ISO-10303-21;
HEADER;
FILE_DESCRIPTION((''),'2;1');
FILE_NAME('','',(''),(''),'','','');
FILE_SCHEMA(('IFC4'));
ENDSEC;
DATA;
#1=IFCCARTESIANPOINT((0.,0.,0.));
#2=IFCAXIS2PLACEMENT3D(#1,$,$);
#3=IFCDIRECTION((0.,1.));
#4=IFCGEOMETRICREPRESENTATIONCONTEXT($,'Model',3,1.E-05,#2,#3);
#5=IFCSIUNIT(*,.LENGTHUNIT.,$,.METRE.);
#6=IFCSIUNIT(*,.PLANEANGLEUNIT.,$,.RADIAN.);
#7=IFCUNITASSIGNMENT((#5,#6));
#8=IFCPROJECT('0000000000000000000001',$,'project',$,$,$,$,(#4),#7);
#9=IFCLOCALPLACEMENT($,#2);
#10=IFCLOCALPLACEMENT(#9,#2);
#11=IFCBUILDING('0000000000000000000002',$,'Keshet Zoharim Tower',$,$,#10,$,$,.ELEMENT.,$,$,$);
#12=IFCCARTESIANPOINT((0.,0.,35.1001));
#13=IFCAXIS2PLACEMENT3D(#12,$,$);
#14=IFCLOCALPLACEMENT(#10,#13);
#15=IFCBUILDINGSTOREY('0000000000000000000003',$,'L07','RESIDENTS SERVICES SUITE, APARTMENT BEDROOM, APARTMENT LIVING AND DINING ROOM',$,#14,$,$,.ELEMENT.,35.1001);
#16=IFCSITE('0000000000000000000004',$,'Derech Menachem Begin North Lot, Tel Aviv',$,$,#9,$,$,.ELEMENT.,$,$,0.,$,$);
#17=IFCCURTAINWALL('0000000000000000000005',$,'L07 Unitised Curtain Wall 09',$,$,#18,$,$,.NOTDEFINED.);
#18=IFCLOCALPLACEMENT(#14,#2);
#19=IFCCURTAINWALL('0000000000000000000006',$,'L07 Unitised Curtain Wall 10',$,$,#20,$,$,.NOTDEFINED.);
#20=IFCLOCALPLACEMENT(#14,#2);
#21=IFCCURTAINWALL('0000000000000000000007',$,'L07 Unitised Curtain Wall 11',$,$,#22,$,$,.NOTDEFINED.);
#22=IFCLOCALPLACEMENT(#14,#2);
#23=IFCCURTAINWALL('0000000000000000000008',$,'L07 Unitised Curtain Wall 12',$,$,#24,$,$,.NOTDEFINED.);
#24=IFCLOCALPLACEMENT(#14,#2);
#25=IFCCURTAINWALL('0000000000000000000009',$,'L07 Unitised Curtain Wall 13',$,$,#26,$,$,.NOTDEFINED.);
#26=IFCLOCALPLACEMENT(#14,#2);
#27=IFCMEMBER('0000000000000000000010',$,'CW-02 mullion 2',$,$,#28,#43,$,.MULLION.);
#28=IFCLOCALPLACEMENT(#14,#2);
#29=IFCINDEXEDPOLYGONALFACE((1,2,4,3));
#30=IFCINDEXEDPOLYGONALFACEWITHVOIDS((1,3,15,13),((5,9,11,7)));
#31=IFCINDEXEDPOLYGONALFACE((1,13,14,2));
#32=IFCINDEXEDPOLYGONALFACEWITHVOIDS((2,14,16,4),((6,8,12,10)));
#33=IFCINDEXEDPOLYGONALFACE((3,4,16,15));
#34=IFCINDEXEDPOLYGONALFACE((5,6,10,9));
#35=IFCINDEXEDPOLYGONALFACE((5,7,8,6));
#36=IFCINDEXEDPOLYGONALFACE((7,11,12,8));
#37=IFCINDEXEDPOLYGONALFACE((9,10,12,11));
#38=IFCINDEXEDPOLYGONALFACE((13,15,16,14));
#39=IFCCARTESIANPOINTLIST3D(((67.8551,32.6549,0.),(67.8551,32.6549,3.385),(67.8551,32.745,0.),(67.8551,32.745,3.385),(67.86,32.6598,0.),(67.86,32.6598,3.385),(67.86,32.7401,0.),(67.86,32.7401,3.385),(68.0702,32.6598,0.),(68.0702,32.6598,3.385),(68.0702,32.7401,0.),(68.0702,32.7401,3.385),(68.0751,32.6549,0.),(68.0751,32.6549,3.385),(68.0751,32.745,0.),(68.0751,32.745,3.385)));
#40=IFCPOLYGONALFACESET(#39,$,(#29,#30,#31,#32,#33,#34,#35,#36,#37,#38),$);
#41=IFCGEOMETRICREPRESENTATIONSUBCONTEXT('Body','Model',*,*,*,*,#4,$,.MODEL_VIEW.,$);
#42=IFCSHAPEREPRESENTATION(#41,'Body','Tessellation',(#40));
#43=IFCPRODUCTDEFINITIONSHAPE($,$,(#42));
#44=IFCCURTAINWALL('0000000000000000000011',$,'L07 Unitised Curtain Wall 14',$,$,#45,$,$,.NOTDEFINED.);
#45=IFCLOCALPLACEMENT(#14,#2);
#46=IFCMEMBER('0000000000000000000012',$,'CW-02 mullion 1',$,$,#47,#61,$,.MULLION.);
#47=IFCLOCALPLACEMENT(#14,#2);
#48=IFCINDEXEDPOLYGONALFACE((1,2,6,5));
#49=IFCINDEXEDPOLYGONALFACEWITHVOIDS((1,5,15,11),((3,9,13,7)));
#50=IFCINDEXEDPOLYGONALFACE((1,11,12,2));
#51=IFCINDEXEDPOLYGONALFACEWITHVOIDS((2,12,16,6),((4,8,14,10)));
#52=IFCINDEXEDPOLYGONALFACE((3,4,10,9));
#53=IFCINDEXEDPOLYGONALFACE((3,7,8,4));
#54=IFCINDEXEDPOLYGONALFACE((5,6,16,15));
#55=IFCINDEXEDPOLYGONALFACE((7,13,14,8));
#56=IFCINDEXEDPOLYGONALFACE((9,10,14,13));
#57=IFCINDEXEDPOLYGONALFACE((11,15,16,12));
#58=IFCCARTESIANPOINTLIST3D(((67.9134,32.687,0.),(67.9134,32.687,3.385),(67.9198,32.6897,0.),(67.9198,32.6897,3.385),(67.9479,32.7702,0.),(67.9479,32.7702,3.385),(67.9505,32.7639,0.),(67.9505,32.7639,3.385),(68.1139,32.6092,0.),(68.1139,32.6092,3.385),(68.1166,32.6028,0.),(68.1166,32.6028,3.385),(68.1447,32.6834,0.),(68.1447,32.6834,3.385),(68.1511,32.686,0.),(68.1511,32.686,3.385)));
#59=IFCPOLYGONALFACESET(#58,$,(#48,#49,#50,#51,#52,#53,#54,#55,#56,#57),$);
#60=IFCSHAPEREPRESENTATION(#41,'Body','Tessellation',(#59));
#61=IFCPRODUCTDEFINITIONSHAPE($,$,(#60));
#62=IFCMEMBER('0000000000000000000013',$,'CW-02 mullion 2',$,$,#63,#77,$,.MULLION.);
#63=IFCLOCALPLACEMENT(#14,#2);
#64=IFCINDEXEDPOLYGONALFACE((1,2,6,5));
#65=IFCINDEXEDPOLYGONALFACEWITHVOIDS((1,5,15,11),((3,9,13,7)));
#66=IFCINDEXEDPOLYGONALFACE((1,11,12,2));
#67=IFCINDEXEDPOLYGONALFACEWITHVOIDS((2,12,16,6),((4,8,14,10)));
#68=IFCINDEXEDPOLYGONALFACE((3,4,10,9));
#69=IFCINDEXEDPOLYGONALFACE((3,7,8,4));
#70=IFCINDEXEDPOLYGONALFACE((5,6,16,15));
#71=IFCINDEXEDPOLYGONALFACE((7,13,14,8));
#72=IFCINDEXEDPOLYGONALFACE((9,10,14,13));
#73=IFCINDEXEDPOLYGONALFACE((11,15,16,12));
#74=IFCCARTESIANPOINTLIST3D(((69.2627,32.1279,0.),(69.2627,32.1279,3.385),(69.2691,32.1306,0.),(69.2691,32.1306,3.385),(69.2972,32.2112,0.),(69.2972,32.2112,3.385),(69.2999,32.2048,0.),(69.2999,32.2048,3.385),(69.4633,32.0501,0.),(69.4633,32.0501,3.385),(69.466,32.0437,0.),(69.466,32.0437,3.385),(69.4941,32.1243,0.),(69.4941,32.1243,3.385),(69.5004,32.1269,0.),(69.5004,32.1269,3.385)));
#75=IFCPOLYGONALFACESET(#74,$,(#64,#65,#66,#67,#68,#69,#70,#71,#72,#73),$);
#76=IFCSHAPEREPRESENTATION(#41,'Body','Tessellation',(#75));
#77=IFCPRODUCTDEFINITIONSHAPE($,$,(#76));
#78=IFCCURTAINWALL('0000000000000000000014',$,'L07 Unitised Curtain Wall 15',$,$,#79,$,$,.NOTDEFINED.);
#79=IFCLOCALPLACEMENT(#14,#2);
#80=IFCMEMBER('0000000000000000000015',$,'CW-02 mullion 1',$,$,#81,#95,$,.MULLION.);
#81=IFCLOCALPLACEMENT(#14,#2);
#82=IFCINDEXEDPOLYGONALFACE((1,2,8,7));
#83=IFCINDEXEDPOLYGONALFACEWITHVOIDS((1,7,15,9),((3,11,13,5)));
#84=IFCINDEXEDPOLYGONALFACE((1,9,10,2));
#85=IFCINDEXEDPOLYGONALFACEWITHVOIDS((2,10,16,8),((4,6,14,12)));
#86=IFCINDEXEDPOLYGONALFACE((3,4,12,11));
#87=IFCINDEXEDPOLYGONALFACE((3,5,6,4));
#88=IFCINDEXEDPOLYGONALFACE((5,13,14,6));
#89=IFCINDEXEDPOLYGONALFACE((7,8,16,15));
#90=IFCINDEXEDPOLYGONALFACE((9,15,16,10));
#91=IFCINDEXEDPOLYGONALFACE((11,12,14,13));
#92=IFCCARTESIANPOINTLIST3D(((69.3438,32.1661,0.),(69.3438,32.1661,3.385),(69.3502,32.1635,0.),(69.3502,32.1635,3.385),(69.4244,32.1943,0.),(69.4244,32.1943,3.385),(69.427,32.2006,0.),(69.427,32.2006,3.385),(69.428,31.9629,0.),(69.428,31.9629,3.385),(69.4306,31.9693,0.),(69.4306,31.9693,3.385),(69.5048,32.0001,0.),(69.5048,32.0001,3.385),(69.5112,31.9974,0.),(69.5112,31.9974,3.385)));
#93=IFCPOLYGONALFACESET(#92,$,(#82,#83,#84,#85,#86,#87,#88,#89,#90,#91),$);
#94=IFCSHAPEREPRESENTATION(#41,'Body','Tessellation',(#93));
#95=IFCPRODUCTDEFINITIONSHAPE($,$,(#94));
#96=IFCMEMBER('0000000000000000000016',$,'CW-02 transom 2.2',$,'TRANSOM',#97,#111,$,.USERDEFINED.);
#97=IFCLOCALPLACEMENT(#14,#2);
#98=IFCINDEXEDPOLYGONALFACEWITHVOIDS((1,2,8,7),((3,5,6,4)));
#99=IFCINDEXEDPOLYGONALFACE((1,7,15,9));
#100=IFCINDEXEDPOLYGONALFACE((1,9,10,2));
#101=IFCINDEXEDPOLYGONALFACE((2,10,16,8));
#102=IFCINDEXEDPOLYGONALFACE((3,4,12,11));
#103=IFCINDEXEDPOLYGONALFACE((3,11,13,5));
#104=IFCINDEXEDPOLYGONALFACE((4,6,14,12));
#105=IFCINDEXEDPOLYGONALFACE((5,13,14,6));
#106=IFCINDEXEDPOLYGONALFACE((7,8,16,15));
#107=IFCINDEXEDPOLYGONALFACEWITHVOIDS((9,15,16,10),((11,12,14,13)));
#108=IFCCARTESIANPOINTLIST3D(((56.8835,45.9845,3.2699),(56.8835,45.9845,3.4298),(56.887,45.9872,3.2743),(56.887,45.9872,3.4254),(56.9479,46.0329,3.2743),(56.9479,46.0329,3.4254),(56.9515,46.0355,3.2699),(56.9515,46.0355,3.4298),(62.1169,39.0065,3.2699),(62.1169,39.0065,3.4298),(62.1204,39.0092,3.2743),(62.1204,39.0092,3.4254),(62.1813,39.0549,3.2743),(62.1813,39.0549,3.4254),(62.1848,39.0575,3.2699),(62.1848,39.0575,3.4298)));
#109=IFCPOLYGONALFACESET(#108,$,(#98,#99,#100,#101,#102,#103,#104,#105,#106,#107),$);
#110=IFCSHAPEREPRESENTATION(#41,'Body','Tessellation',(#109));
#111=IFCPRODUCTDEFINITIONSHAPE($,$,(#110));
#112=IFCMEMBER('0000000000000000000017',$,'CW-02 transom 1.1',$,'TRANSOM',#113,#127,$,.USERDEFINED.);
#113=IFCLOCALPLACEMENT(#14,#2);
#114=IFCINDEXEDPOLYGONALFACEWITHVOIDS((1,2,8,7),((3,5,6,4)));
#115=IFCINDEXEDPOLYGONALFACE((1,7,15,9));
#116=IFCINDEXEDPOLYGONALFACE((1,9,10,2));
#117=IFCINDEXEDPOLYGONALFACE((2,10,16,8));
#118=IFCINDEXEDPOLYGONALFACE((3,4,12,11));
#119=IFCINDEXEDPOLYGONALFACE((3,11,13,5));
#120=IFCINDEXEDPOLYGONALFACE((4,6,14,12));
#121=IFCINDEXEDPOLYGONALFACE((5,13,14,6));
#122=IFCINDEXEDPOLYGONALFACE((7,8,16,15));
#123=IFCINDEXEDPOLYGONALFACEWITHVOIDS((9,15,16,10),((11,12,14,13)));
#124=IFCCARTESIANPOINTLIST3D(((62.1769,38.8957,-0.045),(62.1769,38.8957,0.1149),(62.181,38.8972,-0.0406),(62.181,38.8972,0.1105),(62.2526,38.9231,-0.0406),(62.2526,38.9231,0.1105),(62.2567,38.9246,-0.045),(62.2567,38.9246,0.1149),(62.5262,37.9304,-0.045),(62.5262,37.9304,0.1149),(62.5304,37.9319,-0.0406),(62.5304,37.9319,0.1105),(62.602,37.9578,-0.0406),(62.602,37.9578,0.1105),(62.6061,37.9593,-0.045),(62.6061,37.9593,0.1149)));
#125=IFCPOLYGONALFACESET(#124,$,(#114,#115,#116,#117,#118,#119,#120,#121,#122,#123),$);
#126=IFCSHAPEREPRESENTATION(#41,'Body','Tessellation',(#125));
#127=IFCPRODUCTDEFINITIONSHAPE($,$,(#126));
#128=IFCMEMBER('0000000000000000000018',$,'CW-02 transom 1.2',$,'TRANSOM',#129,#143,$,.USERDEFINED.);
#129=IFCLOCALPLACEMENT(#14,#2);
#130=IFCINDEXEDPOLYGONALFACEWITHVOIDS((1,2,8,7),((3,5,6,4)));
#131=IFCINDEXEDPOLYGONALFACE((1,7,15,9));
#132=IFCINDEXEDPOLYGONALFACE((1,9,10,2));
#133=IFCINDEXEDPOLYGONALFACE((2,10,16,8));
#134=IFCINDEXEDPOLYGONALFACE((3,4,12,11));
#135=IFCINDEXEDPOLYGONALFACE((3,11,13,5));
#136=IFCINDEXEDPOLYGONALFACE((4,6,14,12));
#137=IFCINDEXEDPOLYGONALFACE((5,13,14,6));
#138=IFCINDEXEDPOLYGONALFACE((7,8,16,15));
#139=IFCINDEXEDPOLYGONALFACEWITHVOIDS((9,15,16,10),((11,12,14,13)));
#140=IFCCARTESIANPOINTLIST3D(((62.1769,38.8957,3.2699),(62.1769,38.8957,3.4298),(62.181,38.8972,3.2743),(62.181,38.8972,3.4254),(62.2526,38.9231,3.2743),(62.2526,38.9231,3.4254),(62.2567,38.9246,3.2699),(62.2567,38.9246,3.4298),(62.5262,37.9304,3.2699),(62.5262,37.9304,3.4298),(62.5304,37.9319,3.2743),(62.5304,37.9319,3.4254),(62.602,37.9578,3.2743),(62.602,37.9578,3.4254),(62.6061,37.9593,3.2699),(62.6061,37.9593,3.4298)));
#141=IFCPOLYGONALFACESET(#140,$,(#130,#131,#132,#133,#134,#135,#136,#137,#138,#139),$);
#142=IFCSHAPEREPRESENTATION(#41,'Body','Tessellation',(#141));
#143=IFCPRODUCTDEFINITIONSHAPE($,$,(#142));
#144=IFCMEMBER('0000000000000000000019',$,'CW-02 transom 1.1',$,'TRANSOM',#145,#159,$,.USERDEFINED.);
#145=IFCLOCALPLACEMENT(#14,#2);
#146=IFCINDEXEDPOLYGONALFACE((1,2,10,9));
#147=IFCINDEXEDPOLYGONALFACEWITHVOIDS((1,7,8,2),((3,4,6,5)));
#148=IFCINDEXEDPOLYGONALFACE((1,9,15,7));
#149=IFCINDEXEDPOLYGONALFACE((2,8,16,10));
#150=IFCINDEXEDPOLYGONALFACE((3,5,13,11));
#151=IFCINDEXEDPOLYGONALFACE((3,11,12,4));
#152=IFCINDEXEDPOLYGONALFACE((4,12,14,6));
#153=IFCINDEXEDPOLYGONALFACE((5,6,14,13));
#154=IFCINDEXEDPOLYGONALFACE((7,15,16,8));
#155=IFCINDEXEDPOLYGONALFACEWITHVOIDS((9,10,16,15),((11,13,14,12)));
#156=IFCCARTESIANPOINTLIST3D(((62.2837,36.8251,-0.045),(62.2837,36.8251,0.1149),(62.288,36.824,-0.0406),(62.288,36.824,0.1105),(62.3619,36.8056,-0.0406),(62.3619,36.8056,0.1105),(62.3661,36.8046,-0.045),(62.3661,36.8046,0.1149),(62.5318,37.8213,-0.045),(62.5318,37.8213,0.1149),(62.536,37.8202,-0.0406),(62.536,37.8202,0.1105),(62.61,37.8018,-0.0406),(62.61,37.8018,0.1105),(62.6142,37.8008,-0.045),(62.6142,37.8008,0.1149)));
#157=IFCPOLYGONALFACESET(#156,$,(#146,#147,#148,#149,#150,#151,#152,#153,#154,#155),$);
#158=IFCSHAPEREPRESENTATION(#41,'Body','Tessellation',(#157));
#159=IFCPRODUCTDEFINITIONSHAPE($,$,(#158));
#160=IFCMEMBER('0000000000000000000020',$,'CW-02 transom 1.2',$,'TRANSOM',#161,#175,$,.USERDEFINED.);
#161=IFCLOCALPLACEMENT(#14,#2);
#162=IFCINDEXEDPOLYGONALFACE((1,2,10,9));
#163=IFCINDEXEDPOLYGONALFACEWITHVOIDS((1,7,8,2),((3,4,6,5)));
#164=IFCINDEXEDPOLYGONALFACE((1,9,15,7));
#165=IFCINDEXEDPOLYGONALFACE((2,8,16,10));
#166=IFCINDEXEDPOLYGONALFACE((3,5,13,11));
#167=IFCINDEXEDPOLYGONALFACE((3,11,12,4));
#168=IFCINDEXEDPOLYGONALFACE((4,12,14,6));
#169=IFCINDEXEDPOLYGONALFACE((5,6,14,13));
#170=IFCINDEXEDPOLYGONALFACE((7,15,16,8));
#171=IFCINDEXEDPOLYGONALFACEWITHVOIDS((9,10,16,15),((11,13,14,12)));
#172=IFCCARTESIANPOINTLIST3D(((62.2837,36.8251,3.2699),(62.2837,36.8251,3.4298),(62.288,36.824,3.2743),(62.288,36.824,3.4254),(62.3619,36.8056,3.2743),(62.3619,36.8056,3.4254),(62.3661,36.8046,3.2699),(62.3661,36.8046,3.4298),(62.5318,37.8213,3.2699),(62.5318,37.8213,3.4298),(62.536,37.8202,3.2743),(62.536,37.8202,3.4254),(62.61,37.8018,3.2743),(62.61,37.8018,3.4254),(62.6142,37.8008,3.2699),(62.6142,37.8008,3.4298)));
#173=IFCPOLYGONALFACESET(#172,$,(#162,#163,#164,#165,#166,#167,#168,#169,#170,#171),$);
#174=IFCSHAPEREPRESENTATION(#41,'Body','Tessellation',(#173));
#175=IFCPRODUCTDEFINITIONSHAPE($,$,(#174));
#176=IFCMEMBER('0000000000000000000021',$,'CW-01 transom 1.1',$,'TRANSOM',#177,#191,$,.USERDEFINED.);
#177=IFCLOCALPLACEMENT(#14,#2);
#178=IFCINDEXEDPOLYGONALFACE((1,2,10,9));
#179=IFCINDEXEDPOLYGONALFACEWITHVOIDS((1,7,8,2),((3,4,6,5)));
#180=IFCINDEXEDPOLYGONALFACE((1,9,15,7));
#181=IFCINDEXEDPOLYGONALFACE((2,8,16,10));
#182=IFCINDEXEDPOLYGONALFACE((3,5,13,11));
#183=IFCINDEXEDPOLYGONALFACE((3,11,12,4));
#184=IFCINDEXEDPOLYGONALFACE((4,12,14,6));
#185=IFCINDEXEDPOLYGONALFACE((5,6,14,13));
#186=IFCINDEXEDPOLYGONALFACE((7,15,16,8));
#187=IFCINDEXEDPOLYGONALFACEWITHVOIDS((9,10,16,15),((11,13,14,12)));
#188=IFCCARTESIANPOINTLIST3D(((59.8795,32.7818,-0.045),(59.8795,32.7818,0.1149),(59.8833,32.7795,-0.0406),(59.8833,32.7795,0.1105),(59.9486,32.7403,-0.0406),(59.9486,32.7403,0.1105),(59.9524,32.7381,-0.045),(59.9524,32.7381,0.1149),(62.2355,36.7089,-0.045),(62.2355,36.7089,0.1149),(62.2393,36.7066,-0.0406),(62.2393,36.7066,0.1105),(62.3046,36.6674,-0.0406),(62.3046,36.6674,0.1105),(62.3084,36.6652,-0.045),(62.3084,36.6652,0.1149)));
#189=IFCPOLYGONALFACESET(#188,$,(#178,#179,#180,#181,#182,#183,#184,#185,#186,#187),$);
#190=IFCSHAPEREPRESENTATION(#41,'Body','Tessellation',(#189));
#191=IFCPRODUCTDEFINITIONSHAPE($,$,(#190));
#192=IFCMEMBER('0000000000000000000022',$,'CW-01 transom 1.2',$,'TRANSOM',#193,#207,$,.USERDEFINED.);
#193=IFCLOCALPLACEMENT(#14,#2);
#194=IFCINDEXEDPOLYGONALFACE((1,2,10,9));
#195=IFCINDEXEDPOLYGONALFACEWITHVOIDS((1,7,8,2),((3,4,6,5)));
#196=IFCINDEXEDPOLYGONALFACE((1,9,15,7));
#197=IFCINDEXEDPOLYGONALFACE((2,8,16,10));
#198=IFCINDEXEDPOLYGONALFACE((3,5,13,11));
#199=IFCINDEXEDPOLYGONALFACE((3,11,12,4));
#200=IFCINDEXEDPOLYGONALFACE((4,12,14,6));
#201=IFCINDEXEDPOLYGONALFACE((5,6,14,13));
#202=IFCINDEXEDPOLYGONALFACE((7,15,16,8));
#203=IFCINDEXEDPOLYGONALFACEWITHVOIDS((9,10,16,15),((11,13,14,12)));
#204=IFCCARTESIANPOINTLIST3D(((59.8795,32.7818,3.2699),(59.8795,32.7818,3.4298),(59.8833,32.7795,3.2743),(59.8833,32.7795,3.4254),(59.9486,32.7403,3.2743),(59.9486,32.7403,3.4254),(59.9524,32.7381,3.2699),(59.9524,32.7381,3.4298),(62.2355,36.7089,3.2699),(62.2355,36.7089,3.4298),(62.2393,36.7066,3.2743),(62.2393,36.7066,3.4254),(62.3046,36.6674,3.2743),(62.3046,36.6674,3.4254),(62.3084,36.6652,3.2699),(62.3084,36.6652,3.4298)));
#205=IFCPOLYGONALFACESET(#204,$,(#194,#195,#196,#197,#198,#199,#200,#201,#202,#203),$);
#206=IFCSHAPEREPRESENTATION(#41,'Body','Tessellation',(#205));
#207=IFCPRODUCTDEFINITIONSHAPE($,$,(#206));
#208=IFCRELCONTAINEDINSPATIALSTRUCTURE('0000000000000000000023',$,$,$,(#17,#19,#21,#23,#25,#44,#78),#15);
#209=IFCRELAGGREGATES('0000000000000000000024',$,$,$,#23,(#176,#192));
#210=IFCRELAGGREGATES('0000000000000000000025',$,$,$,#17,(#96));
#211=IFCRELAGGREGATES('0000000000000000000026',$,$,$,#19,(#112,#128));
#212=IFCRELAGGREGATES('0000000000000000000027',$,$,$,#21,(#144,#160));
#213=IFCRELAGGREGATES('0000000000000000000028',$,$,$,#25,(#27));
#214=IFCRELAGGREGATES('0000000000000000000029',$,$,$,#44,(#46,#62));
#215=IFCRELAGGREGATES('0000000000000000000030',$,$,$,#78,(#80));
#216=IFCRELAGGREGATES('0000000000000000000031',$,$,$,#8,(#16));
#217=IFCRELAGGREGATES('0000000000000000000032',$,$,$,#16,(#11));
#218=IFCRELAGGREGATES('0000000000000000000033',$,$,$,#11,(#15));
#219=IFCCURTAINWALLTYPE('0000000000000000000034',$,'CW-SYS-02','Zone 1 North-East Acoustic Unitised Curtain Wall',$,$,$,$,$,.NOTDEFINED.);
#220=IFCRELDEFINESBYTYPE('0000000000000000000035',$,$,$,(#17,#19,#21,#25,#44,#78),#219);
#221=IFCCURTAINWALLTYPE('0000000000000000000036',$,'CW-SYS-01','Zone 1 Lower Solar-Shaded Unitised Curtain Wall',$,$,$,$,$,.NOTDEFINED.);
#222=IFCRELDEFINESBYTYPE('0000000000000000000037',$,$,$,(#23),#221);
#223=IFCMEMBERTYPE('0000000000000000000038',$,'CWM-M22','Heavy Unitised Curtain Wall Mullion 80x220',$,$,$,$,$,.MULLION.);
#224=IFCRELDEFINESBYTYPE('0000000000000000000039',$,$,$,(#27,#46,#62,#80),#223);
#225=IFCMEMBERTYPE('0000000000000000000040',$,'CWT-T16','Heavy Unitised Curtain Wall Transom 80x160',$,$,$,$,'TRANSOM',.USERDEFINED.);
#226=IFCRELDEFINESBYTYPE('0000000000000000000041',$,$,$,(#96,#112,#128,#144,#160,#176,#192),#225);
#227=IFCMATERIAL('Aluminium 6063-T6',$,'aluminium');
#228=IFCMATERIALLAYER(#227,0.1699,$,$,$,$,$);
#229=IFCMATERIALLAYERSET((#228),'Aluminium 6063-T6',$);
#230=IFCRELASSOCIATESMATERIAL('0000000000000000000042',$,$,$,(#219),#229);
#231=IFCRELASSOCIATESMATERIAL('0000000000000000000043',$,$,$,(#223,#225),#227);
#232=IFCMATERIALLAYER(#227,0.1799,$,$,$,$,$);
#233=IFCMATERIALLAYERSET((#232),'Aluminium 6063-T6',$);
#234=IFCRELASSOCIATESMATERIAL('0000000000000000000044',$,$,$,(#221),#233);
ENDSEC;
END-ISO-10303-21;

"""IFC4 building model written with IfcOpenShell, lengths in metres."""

from ifc_helpers import new_model, si_unit, direction, frame, origin, origin_2d, place, context, subcontext, project, spatial, hollow_rectangle, extrude, material, layer, layer_set, material_profile, profile_set, type_object, element, aggregate, save


model = new_model("IFC4")

# Units and contexts
model_context = context("Model", 3, precision=1e-05, world=origin(), true_north=direction((0.0, 1.0)))
body_context = subcontext(model_context, "Body", "Model", "MODEL_VIEW")
ifc_project = project(units=[si_unit("LENGTHUNIT", "METRE"), si_unit("PLANEANGLEUNIT", "RADIAN")], contexts=[model_context])

# Site, building, storey
site_placement = place(None, origin())
site = spatial("IfcSite", under=ifc_project, at=site_placement, Name="Derech Menachem Begin North Lot, Tel Aviv", CompositionType="ELEMENT", RefElevation=0.0)
building_placement = place(site_placement, origin())
building = spatial("IfcBuilding", under=site, at=building_placement, Name="Keshet Zoharim Tower", CompositionType="ELEMENT")
storey_placement = place(building_placement, frame((0.0, 0.0, 35.1001)))
storey = spatial("IfcBuildingStorey", under=building, at=storey_placement, Name="L07", Description="RESIDENTS SERVICES SUITE, APARTMENT BEDROOM, APARTMENT LIVING AND DINING ROOM", CompositionType="ELEMENT", Elevation=35.1001)

# Curtain wall
ifc_material_1 = material(Name="Aluminium 6063-T6", Category="aluminium")
ifc_layer_1 = layer(ifc_material_1, 0.1699)
ifc_layer_set_1 = layer_set([ifc_layer_1], Name="Aluminium 6063-T6")
curtain_wall_type_1 = type_object("IfcCurtainWallType", Name="CW-SYS-02", Description="Zone 1 North-East Acoustic Unitised Curtain Wall", PredefinedType="NOTDEFINED", material=ifc_layer_set_1)
curtain_wall_1_placement = place(storey_placement, origin())
curtain_wall_1 = element("IfcCurtainWall", 1, at=curtain_wall_1_placement, inside=storey, type_object=curtain_wall_type_1, Name="L07 Unitised Curtain Wall 09", PredefinedType="NOTDEFINED")
ifc_material_profile_1 = material_profile(ifc_material_1, hollow_rectangle(XDim=0.0901, YDim=0.22, WallThickness=0.0049, at=origin_2d()), Name="MUL-90x220")
ifc_profile_set_1 = profile_set([ifc_material_profile_1], Name="Aluminium 6063-T6")
member_type_1 = type_object("IfcMemberType", Name="CWM-M22", Description="Heavy Unitised Curtain Wall Mullion 80x220", PredefinedType="MULLION", material=ifc_profile_set_1)

# Curtain walls, members
curtain_wall_2_placement = place(storey_placement, origin())
curtain_wall_2 = element("IfcCurtainWall", 2, at=curtain_wall_2_placement, inside=storey, type_object=curtain_wall_type_1, Name="L07 Unitised Curtain Wall 10", PredefinedType="NOTDEFINED")
curtain_wall_3_placement = place(storey_placement, origin())
curtain_wall_3 = element("IfcCurtainWall", 3, at=curtain_wall_3_placement, inside=storey, type_object=curtain_wall_type_1, Name="L07 Unitised Curtain Wall 11", PredefinedType="NOTDEFINED")
ifc_layer_2 = layer(ifc_material_1, 0.1799)
ifc_layer_set_2 = layer_set([ifc_layer_2], Name="Aluminium 6063-T6")
curtain_wall_type_2 = type_object("IfcCurtainWallType", Name="CW-SYS-01", Description="Zone 1 Lower Solar-Shaded Unitised Curtain Wall", PredefinedType="NOTDEFINED", material=ifc_layer_set_2)
curtain_wall_4_placement = place(storey_placement, origin())
curtain_wall_4 = element("IfcCurtainWall", 4, at=curtain_wall_4_placement, inside=storey, type_object=curtain_wall_type_2, Name="L07 Unitised Curtain Wall 12", PredefinedType="NOTDEFINED")
curtain_wall_5_placement = place(storey_placement, origin())
curtain_wall_5 = element("IfcCurtainWall", 5, at=curtain_wall_5_placement, inside=storey, type_object=curtain_wall_type_1, Name="L07 Unitised Curtain Wall 13", PredefinedType="NOTDEFINED")
member_1_placement = place(storey_placement, frame((67.9651, 32.7, 0.0), z_axis=(0.0, 0.0, 1.0), x_axis=(0.0, 1.0, 0.0)))
member_1 = element("IfcMember", 6, at=member_1_placement, type_object=member_type_1, Name="CW-02 mullion 2", PredefinedType="MULLION", context=body_context, shape_type="SweptSolid", body=[
    extrude(hollow_rectangle(XDim=0.0901, YDim=0.22, WallThickness=0.0049, at=origin_2d()), origin(), (0.0, 0.0, 1.0), 3.385),
])
curtain_wall_6_placement = place(storey_placement, origin())
curtain_wall_6 = element("IfcCurtainWall", 7, at=curtain_wall_6_placement, inside=storey, type_object=curtain_wall_type_1, Name="L07 Unitised Curtain Wall 14", PredefinedType="NOTDEFINED")
member_2_placement = place(storey_placement, frame((68.0322, 32.6865, 0.0), z_axis=(0.0, 0.0, 1.0), x_axis=(0.382852, 0.92381, 0.0)))
member_2 = element("IfcMember", 8, at=member_2_placement, type_object=member_type_1, Name="CW-02 mullion 1", PredefinedType="MULLION", context=body_context, shape_type="SweptSolid", body=[
    extrude(hollow_rectangle(XDim=0.0901, YDim=0.22, WallThickness=0.0049, at=origin_2d()), origin(), (0.0, 0.0, 1.0), 3.385),
])
member_3_placement = place(storey_placement, frame((69.3816, 32.1274, 0.0), z_axis=(0.0, 0.0, 1.0), x_axis=(0.382852, 0.92381, 0.0)))
member_3 = element("IfcMember", 9, at=member_3_placement, type_object=member_type_1, Name="CW-02 mullion 2", PredefinedType="MULLION", context=body_context, shape_type="SweptSolid", body=[
    extrude(hollow_rectangle(XDim=0.0901, YDim=0.22, WallThickness=0.0049, at=origin_2d()), origin(), (0.0, 0.0, 1.0), 3.385),
])

# Curtain wall, member
curtain_wall_7_placement = place(storey_placement, origin())
curtain_wall_7 = element("IfcCurtainWall", 10, at=curtain_wall_7_placement, inside=storey, type_object=curtain_wall_type_1, Name="L07 Unitised Curtain Wall 15", PredefinedType="NOTDEFINED")
member_4_placement = place(storey_placement, frame((69.4275, 32.0818, 0.0), z_axis=(0.0, 0.0, 1.0), x_axis=(0.92381, 0.382852, 0.0)))
member_4 = element("IfcMember", 11, at=member_4_placement, type_object=member_type_1, Name="CW-02 mullion 1", PredefinedType="MULLION", context=body_context, shape_type="SweptSolid", body=[
    extrude(hollow_rectangle(XDim=0.0901, YDim=0.22, WallThickness=0.0049, at=origin_2d()), origin(), (0.0, 0.0, 1.0), 3.385),
])

# Members
ifc_material_profile_2 = material_profile(ifc_material_1, hollow_rectangle(XDim=0.085, YDim=0.1599, WallThickness=0.0044, at=origin_2d()), Name="TRN-85x160")
ifc_profile_set_2 = profile_set([ifc_material_profile_2], Name="Aluminium 6063-T6")
member_type_2 = type_object("IfcMemberType", Name="CWT-T16", Description="Heavy Unitised Curtain Wall Transom 80x160", ElementType="TRANSOM", PredefinedType="USERDEFINED", material=ifc_profile_set_2)
member_5_placement = place(storey_placement, frame((56.9175, 46.01, 3.3499), z_axis=(0.599991, -0.800007, 0.0), x_axis=(0.800007, 0.599991, 0.0)))
member_5 = element("IfcMember", 12, at=member_5_placement, type_object=member_type_2, Name="CW-02 transom 2.2", ObjectType="TRANSOM", PredefinedType="USERDEFINED", context=body_context, shape_type="SweptSolid", body=[
    extrude(hollow_rectangle(XDim=0.085, YDim=0.1599, WallThickness=0.0044, at=origin_2d()), origin(), (0.0, 0.0, 1.0), 8.7224),
])
member_6_placement = place(storey_placement, frame((62.2168, 38.9102, 0.0349), z_axis=(0.340311, -0.940313, 0.0), x_axis=(0.940313, 0.340311, 0.0)))
member_6 = element("IfcMember", 13, at=member_6_placement, type_object=member_type_2, Name="CW-02 transom 1.1", ObjectType="TRANSOM", PredefinedType="USERDEFINED", context=body_context, shape_type="SweptSolid", body=[
    extrude(hollow_rectangle(XDim=0.085, YDim=0.1599, WallThickness=0.0044, at=origin_2d()), origin(), (0.0, 0.0, 1.0), 1.0266),
])
member_7_placement = place(storey_placement, frame((62.2168, 38.9102, 3.3499), z_axis=(0.340311, -0.940313, 0.0), x_axis=(0.940313, 0.340311, 0.0)))
member_7 = element("IfcMember", 14, at=member_7_placement, type_object=member_type_2, Name="CW-02 transom 1.2", ObjectType="TRANSOM", PredefinedType="USERDEFINED", context=body_context, shape_type="SweptSolid", body=[
    extrude(hollow_rectangle(XDim=0.085, YDim=0.1599, WallThickness=0.0044, at=origin_2d()), origin(), (0.0, 0.0, 1.0), 1.0266),
])
member_8_placement = place(storey_placement, frame((62.573, 37.811, 0.0349), z_axis=(-0.24164, -0.970366, 0.0), x_axis=(0.970366, -0.24164, 0.0)))
member_8 = element("IfcMember", 15, at=member_8_placement, type_object=member_type_2, Name="CW-02 transom 1.1", ObjectType="TRANSOM", PredefinedType="USERDEFINED", context=body_context, shape_type="SweptSolid", body=[
    extrude(hollow_rectangle(XDim=0.085, YDim=0.1599, WallThickness=0.0044, at=origin_2d()), origin(), (0.0, 0.0, 1.0), 1.0266),
])
member_9_placement = place(storey_placement, frame((62.573, 37.811, 3.3499), z_axis=(-0.24164, -0.970366, 0.0), x_axis=(0.970366, -0.24164, 0.0)))
member_9 = element("IfcMember", 16, at=member_9_placement, type_object=member_type_2, Name="CW-02 transom 1.2", ObjectType="TRANSOM", PredefinedType="USERDEFINED", context=body_context, shape_type="SweptSolid", body=[
    extrude(hollow_rectangle(XDim=0.085, YDim=0.1599, WallThickness=0.0044, at=origin_2d()), origin(), (0.0, 0.0, 1.0), 1.0266),
])
member_10_placement = place(storey_placement, frame((62.272, 36.687, 0.0349), z_axis=(-0.514457, -0.857516, 0.0), x_axis=(0.857516, -0.514457, 0.0)))
member_10 = element("IfcMember", 17, at=member_10_placement, type_object=member_type_2, Name="CW-01 transom 1.1", ObjectType="TRANSOM", PredefinedType="USERDEFINED", context=body_context, shape_type="SweptSolid", body=[
    extrude(hollow_rectangle(XDim=0.085, YDim=0.1599, WallThickness=0.0044, at=origin_2d()), origin(), (0.0, 0.0, 1.0), 4.5796),
])
member_11_placement = place(storey_placement, frame((62.272, 36.687, 3.3499), z_axis=(-0.514457, -0.857516, 0.0), x_axis=(0.857516, -0.514457, 0.0)))
member_11 = element("IfcMember", 18, at=member_11_placement, type_object=member_type_2, Name="CW-01 transom 1.2", ObjectType="TRANSOM", PredefinedType="USERDEFINED", context=body_context, shape_type="SweptSolid", body=[
    extrude(hollow_rectangle(XDim=0.085, YDim=0.1599, WallThickness=0.0044, at=origin_2d()), origin(), (0.0, 0.0, 1.0), 4.5796),
])

aggregate(curtain_wall_4, [member_10, member_11])
aggregate(curtain_wall_1, [member_5])
aggregate(curtain_wall_2, [member_6, member_7])
aggregate(curtain_wall_3, [member_8, member_9])
aggregate(curtain_wall_5, [member_1])
aggregate(curtain_wall_6, [member_2, member_3])
aggregate(curtain_wall_7, [member_4])

save(model, "model.ifc")
